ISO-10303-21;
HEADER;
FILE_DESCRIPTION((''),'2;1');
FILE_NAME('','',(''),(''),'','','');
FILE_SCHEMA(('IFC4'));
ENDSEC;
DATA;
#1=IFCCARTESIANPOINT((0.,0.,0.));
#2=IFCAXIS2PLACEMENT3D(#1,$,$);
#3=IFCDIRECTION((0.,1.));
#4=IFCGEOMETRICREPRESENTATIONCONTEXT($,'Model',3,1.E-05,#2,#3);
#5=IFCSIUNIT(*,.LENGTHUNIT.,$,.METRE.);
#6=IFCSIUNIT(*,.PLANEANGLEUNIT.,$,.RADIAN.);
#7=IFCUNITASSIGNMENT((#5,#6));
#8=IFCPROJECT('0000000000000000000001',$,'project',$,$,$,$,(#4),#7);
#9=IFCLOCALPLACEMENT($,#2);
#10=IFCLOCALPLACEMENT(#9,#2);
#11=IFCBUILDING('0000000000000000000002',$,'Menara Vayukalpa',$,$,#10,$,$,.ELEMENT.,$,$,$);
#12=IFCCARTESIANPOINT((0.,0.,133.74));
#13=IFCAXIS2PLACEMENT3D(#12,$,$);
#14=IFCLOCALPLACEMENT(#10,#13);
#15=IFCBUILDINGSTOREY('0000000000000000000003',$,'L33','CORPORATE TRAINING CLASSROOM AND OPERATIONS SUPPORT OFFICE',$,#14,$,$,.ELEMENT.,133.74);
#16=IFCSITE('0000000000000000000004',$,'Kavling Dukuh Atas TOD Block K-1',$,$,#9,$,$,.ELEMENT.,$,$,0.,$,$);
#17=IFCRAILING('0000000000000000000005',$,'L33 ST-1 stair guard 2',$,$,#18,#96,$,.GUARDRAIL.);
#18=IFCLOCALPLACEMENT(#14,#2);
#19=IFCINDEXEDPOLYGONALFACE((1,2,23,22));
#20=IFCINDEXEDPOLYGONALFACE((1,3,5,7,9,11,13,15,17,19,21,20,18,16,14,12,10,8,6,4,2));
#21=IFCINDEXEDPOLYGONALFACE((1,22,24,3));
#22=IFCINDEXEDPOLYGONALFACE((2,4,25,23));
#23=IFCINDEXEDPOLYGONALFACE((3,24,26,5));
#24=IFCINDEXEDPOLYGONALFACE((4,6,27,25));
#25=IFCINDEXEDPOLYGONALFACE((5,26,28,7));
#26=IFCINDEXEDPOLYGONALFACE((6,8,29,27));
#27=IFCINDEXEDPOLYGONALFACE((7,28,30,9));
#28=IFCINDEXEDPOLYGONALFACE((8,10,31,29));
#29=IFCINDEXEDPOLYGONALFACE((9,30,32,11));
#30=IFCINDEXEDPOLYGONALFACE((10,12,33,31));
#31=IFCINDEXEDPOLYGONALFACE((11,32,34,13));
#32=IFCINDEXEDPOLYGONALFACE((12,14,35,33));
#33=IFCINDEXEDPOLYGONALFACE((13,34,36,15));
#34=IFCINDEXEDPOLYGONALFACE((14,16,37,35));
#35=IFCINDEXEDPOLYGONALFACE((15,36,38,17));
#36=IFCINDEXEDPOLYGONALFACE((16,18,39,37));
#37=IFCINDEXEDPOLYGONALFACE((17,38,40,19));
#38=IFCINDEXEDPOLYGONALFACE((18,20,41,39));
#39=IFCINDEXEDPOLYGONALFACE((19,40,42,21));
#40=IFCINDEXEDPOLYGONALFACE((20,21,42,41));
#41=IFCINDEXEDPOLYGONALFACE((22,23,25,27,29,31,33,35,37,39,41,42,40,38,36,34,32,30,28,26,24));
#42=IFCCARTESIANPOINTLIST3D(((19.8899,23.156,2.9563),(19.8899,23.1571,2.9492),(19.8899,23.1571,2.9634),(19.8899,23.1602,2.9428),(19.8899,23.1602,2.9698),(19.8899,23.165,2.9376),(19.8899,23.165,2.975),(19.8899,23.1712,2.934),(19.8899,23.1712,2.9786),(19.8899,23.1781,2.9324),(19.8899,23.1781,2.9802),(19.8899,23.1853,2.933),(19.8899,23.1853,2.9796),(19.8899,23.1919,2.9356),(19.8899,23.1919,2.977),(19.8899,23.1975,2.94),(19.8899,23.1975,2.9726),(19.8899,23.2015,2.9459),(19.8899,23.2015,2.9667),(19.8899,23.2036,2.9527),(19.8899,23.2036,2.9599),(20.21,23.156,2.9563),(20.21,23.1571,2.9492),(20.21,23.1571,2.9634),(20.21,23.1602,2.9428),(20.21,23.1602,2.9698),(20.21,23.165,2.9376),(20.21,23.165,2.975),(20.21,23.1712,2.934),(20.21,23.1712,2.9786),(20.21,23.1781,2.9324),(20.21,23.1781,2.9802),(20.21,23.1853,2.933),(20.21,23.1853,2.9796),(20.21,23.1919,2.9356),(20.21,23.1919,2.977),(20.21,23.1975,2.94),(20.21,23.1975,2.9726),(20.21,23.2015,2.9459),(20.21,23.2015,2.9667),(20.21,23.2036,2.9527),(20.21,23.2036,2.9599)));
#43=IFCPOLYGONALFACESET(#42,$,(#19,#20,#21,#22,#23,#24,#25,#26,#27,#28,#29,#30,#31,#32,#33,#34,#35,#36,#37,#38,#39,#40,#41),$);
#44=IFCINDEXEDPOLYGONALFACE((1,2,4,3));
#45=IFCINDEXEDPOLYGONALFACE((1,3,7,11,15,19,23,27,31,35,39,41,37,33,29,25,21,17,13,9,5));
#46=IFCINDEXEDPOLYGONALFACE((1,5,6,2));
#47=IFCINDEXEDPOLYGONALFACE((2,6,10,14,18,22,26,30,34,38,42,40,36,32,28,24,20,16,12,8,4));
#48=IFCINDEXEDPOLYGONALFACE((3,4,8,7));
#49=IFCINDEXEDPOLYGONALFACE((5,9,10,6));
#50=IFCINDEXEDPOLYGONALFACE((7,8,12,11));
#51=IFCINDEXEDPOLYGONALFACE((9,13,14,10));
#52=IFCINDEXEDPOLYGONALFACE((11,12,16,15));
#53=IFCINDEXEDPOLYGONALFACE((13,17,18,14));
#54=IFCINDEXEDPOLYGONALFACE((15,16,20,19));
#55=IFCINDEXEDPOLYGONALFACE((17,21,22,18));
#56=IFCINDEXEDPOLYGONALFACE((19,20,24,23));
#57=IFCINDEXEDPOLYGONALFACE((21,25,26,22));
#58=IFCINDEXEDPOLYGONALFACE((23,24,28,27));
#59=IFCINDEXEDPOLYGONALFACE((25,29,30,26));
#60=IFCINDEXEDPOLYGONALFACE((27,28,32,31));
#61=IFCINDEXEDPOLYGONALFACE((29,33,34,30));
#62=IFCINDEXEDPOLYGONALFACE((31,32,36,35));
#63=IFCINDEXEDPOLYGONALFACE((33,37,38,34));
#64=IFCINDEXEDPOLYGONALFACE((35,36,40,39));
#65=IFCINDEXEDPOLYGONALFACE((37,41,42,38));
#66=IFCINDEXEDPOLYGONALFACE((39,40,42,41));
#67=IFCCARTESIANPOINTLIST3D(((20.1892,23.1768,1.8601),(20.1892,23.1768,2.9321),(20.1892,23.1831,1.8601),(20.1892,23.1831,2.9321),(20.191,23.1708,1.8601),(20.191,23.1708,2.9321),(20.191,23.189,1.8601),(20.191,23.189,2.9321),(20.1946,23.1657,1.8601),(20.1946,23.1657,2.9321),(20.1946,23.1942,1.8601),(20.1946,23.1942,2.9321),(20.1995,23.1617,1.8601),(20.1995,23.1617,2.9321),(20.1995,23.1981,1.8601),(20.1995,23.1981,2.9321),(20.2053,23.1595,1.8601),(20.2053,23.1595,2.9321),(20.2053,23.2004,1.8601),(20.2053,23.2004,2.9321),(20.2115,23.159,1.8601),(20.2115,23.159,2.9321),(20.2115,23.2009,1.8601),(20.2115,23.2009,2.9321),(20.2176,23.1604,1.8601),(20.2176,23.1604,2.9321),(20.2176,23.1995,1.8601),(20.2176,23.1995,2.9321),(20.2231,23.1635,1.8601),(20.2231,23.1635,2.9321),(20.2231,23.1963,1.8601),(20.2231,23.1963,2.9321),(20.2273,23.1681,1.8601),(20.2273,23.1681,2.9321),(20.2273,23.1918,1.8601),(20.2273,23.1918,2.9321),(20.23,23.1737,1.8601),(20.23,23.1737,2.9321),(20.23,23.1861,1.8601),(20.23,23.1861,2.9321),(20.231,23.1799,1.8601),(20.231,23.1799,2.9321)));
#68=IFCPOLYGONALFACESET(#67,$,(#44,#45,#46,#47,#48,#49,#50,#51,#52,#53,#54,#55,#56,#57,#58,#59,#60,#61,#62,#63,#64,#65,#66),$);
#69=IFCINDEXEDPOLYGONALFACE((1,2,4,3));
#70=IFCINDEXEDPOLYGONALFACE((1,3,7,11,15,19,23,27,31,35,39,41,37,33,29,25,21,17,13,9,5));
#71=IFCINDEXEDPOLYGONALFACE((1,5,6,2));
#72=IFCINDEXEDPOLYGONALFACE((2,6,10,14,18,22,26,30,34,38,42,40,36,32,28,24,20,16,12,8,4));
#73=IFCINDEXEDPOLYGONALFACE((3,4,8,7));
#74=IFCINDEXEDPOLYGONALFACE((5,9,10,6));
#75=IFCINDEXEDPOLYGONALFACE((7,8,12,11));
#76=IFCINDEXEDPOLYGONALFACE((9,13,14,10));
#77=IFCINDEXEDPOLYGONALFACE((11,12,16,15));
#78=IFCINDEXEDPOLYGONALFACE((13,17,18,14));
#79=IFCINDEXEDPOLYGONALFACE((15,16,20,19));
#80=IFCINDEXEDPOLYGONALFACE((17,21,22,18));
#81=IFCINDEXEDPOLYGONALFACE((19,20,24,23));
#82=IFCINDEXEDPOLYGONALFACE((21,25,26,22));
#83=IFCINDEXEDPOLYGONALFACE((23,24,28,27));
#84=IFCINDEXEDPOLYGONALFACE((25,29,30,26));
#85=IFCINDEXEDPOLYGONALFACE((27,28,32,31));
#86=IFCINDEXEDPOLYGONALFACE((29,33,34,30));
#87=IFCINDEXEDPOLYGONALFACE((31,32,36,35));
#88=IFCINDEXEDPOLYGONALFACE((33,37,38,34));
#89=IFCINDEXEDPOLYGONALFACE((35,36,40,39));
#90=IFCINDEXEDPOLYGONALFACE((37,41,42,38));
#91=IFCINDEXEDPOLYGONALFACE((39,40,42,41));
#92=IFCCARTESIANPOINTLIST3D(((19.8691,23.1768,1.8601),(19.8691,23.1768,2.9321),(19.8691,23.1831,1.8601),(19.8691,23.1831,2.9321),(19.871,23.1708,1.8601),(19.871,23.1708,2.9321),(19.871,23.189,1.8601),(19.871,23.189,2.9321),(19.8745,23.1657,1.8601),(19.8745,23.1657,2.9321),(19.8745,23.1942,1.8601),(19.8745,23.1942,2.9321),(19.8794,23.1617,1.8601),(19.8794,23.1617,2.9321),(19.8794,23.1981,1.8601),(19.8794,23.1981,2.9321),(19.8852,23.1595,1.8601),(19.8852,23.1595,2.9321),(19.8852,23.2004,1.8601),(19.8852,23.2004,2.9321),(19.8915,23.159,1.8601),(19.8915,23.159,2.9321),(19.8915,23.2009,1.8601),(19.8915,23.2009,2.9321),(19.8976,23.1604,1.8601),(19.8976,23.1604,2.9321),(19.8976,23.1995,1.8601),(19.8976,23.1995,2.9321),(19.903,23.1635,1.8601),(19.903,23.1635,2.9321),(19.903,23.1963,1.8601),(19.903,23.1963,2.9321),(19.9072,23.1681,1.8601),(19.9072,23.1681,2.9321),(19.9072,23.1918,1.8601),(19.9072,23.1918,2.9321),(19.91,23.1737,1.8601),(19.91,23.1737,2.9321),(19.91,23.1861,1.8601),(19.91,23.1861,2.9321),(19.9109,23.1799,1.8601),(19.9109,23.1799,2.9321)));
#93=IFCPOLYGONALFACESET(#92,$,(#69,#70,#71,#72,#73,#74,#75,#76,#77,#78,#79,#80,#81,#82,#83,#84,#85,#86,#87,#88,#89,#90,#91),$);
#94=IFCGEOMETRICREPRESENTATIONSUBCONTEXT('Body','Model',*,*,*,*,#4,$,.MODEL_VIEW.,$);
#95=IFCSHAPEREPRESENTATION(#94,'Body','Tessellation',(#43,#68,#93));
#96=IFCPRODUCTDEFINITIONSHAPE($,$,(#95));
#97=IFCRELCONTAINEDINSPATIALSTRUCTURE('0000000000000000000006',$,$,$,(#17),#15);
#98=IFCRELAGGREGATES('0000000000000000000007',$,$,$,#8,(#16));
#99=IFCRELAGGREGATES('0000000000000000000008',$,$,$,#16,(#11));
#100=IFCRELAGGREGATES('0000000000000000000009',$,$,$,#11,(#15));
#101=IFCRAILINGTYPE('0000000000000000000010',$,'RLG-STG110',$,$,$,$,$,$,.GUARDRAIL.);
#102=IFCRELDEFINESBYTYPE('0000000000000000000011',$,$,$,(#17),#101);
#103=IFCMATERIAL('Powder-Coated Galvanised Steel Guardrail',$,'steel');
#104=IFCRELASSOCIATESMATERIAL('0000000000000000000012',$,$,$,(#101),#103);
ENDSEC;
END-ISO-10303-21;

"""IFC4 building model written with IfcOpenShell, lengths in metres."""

from ifc_helpers import new_model, si_unit, direction, frame, origin, origin_2d, place, context, subcontext, project, spatial, circle, extrude, material, type_object, element, save


model = new_model("IFC4")

# Units and contexts
model_context = context("Model", 3, precision=1e-05, world=origin(), true_north=direction((0.0, 1.0)))
body_context = subcontext(model_context, "Body", "Model", "MODEL_VIEW")
ifc_project = project(units=[si_unit("LENGTHUNIT", "METRE"), si_unit("PLANEANGLEUNIT", "RADIAN")], contexts=[model_context])

# Site, building, storey
site_placement = place(None, origin())
site = spatial("IfcSite", under=ifc_project, at=site_placement, Name="Kavling Dukuh Atas TOD Block K-1", CompositionType="ELEMENT", RefElevation=0.0)
building_placement = place(site_placement, origin())
building = spatial("IfcBuilding", under=site, at=building_placement, Name="Menara Vayukalpa", CompositionType="ELEMENT")
storey_placement = place(building_placement, frame((0.0, 0.0, 133.74)))
storey = spatial("IfcBuildingStorey", under=building, at=storey_placement, Name="L33", Description="CORPORATE TRAINING CLASSROOM AND OPERATIONS SUPPORT OFFICE", CompositionType="ELEMENT", Elevation=133.74)

# Railing
ifc_material_1 = material(Name="Powder-Coated Galvanised Steel Guardrail", Category="steel")
railing_type_1 = type_object("IfcRailingType", Name="RLG-STG110", PredefinedType="GUARDRAIL", material=ifc_material_1)
railing_1_placement = place(storey_placement, frame((20.21, 23.1799, 1.8601)))
element("IfcRailing", 1, at=railing_1_placement, inside=storey, type_object=railing_type_1, Name="L33 ST-1 stair guard 2", PredefinedType="GUARDRAIL", context=body_context, shape_type="SweptSolid", body=[
    extrude(circle(Radius=0.0239, at=origin_2d()), frame((0.0, 0.0, 1.0962), z_axis=(-1.0, 0.0, 0.0), x_axis=(0.0, -1.0, 0.0)), (0.0, 0.0, 1.0), 0.3201),
    extrude(circle(Radius=0.021, at=origin_2d()), origin(), (0.0, 0.0, 1.0), 1.072),
    extrude(circle(Radius=0.021, at=origin_2d()), frame((-0.3201, 0.0, 0.0)), (0.0, 0.0, 1.0), 1.072),
])

save(model, "model.ifc")
